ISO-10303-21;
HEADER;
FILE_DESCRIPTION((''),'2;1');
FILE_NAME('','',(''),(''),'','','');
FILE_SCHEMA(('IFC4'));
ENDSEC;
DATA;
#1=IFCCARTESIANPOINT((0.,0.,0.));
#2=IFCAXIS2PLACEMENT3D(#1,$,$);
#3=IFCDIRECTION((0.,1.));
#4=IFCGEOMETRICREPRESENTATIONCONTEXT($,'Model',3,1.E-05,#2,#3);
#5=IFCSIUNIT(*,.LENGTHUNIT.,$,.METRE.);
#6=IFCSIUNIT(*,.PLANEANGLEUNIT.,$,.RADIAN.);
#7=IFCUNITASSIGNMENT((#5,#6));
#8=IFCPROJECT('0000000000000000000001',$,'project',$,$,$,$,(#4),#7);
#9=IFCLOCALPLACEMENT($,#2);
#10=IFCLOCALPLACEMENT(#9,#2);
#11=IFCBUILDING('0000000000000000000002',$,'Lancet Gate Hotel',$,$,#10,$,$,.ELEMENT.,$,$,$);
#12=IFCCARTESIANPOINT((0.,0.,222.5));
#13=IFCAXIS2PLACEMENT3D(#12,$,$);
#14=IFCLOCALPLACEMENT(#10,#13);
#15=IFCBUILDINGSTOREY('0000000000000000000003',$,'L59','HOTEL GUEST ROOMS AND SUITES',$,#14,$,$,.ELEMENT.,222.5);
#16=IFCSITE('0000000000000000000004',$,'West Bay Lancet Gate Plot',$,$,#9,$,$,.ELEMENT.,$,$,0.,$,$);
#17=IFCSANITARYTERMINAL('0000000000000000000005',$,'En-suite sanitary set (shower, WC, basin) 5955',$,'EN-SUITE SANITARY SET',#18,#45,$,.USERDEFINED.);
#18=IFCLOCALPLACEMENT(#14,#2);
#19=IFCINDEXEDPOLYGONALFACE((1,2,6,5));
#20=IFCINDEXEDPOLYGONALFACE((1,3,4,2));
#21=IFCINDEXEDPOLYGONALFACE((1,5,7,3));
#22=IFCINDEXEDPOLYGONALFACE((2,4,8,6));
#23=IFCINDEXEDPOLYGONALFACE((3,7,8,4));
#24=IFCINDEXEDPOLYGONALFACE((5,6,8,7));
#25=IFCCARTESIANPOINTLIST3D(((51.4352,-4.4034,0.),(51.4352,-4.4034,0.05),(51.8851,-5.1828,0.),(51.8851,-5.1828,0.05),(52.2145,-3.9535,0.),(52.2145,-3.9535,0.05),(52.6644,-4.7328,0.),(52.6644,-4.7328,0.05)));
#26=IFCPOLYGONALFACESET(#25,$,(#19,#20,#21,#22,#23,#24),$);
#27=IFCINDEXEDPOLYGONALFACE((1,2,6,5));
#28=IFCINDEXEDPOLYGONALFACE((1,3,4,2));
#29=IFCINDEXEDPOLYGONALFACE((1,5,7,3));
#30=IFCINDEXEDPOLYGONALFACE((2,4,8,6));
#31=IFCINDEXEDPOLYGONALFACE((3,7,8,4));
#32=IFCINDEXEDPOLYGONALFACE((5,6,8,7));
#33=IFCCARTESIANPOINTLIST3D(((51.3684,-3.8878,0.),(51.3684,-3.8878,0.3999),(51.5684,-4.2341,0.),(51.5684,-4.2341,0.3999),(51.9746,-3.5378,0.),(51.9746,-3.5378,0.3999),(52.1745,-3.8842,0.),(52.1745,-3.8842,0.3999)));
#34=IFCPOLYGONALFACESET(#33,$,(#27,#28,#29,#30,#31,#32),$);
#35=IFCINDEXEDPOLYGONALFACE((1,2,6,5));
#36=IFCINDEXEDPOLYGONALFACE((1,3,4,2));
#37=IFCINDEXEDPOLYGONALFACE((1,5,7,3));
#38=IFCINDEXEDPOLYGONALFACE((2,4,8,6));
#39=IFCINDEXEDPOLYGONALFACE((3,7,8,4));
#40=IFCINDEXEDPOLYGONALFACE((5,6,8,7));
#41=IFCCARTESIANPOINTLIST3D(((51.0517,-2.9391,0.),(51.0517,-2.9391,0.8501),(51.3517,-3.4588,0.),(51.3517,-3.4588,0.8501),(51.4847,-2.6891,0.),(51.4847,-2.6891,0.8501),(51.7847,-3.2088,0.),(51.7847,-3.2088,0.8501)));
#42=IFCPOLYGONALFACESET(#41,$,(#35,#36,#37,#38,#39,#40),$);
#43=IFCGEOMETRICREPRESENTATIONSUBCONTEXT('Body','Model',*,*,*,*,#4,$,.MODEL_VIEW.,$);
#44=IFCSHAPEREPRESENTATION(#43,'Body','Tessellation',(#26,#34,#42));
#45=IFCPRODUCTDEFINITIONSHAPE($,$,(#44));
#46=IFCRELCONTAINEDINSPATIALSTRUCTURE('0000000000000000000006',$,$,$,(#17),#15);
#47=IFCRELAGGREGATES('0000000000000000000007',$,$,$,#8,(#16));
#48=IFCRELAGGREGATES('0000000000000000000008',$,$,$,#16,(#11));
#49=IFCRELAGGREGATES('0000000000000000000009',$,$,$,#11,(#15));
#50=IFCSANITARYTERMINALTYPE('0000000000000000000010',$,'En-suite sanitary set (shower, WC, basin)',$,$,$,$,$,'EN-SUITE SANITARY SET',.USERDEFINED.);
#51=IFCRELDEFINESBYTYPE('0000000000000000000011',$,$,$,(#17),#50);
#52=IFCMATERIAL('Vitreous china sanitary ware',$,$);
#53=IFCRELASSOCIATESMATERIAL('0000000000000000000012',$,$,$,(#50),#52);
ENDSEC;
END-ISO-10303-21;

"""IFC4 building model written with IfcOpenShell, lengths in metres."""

from ifc_helpers import new_model, si_unit, direction, frame, origin, origin_2d, place, context, subcontext, project, spatial, rectangle, extrude, material, type_object, element, save


model = new_model("IFC4")

# Units and contexts
model_context = context("Model", 3, precision=1e-05, world=origin(), true_north=direction((0.0, 1.0)))
body_context = subcontext(model_context, "Body", "Model", "MODEL_VIEW")
ifc_project = project(units=[si_unit("LENGTHUNIT", "METRE"), si_unit("PLANEANGLEUNIT", "RADIAN")], contexts=[model_context])

# Site, building, storey
site_placement = place(None, origin())
site = spatial("IfcSite", under=ifc_project, at=site_placement, Name="West Bay Lancet Gate Plot", CompositionType="ELEMENT", RefElevation=0.0)
building_placement = place(site_placement, origin())
building = spatial("IfcBuilding", under=site, at=building_placement, Name="Lancet Gate Hotel", CompositionType="ELEMENT")
storey_placement = place(building_placement, frame((0.0, 0.0, 222.5)))
storey = spatial("IfcBuildingStorey", under=building, at=storey_placement, Name="L59", Description="HOTEL GUEST ROOMS AND SUITES", CompositionType="ELEMENT", Elevation=222.5)

# Sanitary terminal
ifc_material_1 = material(Name="Vitreous china sanitary ware")
sanitary_terminal_type = type_object("IfcSanitaryTerminalType", Name="En-suite sanitary set (shower, WC, basin)", ElementType="EN-SUITE SANITARY SET", PredefinedType="USERDEFINED", material=ifc_material_1)
sanitary_terminal_placement = place(storey_placement, frame((52.0498, -4.5681, 0.0), z_axis=(0.0, 0.0, 1.0), x_axis=(1.0, 0.0, 0.0)))
element("IfcSanitaryTerminal", 1, at=sanitary_terminal_placement, inside=storey, type_object=sanitary_terminal_type, Name="En-suite sanitary set (shower, WC, basin) 5955", ObjectType="EN-SUITE SANITARY SET", PredefinedType="USERDEFINED", context=body_context, shape_type="SweptSolid", body=[
    extrude(rectangle(XDim=0.8999, YDim=0.8999, at=origin_2d()), frame((0.0, 0.0, 0.0), z_axis=(0.0, 0.0, 1.0), x_axis=(0.5, -0.866025, 0.0)), (0.0, 0.0, 1.0), 0.05),
    extrude(rectangle(XDim=0.3999, YDim=0.7, at=origin_2d()), frame((-0.2783, 0.6821, 0.0), z_axis=(0.0, 0.0, 1.0), x_axis=(0.5, -0.866025, 0.0)), (0.0, 0.0, 1.0), 0.3999),
    extrude(rectangle(XDim=0.6001, YDim=0.5, at=origin_2d()), frame((-0.6316, 1.4941, 0.0), z_axis=(0.0, 0.0, 1.0), x_axis=(0.5, -0.866025, 0.0)), (0.0, 0.0, 1.0), 0.8501),
])

save(model, "model.ifc")
